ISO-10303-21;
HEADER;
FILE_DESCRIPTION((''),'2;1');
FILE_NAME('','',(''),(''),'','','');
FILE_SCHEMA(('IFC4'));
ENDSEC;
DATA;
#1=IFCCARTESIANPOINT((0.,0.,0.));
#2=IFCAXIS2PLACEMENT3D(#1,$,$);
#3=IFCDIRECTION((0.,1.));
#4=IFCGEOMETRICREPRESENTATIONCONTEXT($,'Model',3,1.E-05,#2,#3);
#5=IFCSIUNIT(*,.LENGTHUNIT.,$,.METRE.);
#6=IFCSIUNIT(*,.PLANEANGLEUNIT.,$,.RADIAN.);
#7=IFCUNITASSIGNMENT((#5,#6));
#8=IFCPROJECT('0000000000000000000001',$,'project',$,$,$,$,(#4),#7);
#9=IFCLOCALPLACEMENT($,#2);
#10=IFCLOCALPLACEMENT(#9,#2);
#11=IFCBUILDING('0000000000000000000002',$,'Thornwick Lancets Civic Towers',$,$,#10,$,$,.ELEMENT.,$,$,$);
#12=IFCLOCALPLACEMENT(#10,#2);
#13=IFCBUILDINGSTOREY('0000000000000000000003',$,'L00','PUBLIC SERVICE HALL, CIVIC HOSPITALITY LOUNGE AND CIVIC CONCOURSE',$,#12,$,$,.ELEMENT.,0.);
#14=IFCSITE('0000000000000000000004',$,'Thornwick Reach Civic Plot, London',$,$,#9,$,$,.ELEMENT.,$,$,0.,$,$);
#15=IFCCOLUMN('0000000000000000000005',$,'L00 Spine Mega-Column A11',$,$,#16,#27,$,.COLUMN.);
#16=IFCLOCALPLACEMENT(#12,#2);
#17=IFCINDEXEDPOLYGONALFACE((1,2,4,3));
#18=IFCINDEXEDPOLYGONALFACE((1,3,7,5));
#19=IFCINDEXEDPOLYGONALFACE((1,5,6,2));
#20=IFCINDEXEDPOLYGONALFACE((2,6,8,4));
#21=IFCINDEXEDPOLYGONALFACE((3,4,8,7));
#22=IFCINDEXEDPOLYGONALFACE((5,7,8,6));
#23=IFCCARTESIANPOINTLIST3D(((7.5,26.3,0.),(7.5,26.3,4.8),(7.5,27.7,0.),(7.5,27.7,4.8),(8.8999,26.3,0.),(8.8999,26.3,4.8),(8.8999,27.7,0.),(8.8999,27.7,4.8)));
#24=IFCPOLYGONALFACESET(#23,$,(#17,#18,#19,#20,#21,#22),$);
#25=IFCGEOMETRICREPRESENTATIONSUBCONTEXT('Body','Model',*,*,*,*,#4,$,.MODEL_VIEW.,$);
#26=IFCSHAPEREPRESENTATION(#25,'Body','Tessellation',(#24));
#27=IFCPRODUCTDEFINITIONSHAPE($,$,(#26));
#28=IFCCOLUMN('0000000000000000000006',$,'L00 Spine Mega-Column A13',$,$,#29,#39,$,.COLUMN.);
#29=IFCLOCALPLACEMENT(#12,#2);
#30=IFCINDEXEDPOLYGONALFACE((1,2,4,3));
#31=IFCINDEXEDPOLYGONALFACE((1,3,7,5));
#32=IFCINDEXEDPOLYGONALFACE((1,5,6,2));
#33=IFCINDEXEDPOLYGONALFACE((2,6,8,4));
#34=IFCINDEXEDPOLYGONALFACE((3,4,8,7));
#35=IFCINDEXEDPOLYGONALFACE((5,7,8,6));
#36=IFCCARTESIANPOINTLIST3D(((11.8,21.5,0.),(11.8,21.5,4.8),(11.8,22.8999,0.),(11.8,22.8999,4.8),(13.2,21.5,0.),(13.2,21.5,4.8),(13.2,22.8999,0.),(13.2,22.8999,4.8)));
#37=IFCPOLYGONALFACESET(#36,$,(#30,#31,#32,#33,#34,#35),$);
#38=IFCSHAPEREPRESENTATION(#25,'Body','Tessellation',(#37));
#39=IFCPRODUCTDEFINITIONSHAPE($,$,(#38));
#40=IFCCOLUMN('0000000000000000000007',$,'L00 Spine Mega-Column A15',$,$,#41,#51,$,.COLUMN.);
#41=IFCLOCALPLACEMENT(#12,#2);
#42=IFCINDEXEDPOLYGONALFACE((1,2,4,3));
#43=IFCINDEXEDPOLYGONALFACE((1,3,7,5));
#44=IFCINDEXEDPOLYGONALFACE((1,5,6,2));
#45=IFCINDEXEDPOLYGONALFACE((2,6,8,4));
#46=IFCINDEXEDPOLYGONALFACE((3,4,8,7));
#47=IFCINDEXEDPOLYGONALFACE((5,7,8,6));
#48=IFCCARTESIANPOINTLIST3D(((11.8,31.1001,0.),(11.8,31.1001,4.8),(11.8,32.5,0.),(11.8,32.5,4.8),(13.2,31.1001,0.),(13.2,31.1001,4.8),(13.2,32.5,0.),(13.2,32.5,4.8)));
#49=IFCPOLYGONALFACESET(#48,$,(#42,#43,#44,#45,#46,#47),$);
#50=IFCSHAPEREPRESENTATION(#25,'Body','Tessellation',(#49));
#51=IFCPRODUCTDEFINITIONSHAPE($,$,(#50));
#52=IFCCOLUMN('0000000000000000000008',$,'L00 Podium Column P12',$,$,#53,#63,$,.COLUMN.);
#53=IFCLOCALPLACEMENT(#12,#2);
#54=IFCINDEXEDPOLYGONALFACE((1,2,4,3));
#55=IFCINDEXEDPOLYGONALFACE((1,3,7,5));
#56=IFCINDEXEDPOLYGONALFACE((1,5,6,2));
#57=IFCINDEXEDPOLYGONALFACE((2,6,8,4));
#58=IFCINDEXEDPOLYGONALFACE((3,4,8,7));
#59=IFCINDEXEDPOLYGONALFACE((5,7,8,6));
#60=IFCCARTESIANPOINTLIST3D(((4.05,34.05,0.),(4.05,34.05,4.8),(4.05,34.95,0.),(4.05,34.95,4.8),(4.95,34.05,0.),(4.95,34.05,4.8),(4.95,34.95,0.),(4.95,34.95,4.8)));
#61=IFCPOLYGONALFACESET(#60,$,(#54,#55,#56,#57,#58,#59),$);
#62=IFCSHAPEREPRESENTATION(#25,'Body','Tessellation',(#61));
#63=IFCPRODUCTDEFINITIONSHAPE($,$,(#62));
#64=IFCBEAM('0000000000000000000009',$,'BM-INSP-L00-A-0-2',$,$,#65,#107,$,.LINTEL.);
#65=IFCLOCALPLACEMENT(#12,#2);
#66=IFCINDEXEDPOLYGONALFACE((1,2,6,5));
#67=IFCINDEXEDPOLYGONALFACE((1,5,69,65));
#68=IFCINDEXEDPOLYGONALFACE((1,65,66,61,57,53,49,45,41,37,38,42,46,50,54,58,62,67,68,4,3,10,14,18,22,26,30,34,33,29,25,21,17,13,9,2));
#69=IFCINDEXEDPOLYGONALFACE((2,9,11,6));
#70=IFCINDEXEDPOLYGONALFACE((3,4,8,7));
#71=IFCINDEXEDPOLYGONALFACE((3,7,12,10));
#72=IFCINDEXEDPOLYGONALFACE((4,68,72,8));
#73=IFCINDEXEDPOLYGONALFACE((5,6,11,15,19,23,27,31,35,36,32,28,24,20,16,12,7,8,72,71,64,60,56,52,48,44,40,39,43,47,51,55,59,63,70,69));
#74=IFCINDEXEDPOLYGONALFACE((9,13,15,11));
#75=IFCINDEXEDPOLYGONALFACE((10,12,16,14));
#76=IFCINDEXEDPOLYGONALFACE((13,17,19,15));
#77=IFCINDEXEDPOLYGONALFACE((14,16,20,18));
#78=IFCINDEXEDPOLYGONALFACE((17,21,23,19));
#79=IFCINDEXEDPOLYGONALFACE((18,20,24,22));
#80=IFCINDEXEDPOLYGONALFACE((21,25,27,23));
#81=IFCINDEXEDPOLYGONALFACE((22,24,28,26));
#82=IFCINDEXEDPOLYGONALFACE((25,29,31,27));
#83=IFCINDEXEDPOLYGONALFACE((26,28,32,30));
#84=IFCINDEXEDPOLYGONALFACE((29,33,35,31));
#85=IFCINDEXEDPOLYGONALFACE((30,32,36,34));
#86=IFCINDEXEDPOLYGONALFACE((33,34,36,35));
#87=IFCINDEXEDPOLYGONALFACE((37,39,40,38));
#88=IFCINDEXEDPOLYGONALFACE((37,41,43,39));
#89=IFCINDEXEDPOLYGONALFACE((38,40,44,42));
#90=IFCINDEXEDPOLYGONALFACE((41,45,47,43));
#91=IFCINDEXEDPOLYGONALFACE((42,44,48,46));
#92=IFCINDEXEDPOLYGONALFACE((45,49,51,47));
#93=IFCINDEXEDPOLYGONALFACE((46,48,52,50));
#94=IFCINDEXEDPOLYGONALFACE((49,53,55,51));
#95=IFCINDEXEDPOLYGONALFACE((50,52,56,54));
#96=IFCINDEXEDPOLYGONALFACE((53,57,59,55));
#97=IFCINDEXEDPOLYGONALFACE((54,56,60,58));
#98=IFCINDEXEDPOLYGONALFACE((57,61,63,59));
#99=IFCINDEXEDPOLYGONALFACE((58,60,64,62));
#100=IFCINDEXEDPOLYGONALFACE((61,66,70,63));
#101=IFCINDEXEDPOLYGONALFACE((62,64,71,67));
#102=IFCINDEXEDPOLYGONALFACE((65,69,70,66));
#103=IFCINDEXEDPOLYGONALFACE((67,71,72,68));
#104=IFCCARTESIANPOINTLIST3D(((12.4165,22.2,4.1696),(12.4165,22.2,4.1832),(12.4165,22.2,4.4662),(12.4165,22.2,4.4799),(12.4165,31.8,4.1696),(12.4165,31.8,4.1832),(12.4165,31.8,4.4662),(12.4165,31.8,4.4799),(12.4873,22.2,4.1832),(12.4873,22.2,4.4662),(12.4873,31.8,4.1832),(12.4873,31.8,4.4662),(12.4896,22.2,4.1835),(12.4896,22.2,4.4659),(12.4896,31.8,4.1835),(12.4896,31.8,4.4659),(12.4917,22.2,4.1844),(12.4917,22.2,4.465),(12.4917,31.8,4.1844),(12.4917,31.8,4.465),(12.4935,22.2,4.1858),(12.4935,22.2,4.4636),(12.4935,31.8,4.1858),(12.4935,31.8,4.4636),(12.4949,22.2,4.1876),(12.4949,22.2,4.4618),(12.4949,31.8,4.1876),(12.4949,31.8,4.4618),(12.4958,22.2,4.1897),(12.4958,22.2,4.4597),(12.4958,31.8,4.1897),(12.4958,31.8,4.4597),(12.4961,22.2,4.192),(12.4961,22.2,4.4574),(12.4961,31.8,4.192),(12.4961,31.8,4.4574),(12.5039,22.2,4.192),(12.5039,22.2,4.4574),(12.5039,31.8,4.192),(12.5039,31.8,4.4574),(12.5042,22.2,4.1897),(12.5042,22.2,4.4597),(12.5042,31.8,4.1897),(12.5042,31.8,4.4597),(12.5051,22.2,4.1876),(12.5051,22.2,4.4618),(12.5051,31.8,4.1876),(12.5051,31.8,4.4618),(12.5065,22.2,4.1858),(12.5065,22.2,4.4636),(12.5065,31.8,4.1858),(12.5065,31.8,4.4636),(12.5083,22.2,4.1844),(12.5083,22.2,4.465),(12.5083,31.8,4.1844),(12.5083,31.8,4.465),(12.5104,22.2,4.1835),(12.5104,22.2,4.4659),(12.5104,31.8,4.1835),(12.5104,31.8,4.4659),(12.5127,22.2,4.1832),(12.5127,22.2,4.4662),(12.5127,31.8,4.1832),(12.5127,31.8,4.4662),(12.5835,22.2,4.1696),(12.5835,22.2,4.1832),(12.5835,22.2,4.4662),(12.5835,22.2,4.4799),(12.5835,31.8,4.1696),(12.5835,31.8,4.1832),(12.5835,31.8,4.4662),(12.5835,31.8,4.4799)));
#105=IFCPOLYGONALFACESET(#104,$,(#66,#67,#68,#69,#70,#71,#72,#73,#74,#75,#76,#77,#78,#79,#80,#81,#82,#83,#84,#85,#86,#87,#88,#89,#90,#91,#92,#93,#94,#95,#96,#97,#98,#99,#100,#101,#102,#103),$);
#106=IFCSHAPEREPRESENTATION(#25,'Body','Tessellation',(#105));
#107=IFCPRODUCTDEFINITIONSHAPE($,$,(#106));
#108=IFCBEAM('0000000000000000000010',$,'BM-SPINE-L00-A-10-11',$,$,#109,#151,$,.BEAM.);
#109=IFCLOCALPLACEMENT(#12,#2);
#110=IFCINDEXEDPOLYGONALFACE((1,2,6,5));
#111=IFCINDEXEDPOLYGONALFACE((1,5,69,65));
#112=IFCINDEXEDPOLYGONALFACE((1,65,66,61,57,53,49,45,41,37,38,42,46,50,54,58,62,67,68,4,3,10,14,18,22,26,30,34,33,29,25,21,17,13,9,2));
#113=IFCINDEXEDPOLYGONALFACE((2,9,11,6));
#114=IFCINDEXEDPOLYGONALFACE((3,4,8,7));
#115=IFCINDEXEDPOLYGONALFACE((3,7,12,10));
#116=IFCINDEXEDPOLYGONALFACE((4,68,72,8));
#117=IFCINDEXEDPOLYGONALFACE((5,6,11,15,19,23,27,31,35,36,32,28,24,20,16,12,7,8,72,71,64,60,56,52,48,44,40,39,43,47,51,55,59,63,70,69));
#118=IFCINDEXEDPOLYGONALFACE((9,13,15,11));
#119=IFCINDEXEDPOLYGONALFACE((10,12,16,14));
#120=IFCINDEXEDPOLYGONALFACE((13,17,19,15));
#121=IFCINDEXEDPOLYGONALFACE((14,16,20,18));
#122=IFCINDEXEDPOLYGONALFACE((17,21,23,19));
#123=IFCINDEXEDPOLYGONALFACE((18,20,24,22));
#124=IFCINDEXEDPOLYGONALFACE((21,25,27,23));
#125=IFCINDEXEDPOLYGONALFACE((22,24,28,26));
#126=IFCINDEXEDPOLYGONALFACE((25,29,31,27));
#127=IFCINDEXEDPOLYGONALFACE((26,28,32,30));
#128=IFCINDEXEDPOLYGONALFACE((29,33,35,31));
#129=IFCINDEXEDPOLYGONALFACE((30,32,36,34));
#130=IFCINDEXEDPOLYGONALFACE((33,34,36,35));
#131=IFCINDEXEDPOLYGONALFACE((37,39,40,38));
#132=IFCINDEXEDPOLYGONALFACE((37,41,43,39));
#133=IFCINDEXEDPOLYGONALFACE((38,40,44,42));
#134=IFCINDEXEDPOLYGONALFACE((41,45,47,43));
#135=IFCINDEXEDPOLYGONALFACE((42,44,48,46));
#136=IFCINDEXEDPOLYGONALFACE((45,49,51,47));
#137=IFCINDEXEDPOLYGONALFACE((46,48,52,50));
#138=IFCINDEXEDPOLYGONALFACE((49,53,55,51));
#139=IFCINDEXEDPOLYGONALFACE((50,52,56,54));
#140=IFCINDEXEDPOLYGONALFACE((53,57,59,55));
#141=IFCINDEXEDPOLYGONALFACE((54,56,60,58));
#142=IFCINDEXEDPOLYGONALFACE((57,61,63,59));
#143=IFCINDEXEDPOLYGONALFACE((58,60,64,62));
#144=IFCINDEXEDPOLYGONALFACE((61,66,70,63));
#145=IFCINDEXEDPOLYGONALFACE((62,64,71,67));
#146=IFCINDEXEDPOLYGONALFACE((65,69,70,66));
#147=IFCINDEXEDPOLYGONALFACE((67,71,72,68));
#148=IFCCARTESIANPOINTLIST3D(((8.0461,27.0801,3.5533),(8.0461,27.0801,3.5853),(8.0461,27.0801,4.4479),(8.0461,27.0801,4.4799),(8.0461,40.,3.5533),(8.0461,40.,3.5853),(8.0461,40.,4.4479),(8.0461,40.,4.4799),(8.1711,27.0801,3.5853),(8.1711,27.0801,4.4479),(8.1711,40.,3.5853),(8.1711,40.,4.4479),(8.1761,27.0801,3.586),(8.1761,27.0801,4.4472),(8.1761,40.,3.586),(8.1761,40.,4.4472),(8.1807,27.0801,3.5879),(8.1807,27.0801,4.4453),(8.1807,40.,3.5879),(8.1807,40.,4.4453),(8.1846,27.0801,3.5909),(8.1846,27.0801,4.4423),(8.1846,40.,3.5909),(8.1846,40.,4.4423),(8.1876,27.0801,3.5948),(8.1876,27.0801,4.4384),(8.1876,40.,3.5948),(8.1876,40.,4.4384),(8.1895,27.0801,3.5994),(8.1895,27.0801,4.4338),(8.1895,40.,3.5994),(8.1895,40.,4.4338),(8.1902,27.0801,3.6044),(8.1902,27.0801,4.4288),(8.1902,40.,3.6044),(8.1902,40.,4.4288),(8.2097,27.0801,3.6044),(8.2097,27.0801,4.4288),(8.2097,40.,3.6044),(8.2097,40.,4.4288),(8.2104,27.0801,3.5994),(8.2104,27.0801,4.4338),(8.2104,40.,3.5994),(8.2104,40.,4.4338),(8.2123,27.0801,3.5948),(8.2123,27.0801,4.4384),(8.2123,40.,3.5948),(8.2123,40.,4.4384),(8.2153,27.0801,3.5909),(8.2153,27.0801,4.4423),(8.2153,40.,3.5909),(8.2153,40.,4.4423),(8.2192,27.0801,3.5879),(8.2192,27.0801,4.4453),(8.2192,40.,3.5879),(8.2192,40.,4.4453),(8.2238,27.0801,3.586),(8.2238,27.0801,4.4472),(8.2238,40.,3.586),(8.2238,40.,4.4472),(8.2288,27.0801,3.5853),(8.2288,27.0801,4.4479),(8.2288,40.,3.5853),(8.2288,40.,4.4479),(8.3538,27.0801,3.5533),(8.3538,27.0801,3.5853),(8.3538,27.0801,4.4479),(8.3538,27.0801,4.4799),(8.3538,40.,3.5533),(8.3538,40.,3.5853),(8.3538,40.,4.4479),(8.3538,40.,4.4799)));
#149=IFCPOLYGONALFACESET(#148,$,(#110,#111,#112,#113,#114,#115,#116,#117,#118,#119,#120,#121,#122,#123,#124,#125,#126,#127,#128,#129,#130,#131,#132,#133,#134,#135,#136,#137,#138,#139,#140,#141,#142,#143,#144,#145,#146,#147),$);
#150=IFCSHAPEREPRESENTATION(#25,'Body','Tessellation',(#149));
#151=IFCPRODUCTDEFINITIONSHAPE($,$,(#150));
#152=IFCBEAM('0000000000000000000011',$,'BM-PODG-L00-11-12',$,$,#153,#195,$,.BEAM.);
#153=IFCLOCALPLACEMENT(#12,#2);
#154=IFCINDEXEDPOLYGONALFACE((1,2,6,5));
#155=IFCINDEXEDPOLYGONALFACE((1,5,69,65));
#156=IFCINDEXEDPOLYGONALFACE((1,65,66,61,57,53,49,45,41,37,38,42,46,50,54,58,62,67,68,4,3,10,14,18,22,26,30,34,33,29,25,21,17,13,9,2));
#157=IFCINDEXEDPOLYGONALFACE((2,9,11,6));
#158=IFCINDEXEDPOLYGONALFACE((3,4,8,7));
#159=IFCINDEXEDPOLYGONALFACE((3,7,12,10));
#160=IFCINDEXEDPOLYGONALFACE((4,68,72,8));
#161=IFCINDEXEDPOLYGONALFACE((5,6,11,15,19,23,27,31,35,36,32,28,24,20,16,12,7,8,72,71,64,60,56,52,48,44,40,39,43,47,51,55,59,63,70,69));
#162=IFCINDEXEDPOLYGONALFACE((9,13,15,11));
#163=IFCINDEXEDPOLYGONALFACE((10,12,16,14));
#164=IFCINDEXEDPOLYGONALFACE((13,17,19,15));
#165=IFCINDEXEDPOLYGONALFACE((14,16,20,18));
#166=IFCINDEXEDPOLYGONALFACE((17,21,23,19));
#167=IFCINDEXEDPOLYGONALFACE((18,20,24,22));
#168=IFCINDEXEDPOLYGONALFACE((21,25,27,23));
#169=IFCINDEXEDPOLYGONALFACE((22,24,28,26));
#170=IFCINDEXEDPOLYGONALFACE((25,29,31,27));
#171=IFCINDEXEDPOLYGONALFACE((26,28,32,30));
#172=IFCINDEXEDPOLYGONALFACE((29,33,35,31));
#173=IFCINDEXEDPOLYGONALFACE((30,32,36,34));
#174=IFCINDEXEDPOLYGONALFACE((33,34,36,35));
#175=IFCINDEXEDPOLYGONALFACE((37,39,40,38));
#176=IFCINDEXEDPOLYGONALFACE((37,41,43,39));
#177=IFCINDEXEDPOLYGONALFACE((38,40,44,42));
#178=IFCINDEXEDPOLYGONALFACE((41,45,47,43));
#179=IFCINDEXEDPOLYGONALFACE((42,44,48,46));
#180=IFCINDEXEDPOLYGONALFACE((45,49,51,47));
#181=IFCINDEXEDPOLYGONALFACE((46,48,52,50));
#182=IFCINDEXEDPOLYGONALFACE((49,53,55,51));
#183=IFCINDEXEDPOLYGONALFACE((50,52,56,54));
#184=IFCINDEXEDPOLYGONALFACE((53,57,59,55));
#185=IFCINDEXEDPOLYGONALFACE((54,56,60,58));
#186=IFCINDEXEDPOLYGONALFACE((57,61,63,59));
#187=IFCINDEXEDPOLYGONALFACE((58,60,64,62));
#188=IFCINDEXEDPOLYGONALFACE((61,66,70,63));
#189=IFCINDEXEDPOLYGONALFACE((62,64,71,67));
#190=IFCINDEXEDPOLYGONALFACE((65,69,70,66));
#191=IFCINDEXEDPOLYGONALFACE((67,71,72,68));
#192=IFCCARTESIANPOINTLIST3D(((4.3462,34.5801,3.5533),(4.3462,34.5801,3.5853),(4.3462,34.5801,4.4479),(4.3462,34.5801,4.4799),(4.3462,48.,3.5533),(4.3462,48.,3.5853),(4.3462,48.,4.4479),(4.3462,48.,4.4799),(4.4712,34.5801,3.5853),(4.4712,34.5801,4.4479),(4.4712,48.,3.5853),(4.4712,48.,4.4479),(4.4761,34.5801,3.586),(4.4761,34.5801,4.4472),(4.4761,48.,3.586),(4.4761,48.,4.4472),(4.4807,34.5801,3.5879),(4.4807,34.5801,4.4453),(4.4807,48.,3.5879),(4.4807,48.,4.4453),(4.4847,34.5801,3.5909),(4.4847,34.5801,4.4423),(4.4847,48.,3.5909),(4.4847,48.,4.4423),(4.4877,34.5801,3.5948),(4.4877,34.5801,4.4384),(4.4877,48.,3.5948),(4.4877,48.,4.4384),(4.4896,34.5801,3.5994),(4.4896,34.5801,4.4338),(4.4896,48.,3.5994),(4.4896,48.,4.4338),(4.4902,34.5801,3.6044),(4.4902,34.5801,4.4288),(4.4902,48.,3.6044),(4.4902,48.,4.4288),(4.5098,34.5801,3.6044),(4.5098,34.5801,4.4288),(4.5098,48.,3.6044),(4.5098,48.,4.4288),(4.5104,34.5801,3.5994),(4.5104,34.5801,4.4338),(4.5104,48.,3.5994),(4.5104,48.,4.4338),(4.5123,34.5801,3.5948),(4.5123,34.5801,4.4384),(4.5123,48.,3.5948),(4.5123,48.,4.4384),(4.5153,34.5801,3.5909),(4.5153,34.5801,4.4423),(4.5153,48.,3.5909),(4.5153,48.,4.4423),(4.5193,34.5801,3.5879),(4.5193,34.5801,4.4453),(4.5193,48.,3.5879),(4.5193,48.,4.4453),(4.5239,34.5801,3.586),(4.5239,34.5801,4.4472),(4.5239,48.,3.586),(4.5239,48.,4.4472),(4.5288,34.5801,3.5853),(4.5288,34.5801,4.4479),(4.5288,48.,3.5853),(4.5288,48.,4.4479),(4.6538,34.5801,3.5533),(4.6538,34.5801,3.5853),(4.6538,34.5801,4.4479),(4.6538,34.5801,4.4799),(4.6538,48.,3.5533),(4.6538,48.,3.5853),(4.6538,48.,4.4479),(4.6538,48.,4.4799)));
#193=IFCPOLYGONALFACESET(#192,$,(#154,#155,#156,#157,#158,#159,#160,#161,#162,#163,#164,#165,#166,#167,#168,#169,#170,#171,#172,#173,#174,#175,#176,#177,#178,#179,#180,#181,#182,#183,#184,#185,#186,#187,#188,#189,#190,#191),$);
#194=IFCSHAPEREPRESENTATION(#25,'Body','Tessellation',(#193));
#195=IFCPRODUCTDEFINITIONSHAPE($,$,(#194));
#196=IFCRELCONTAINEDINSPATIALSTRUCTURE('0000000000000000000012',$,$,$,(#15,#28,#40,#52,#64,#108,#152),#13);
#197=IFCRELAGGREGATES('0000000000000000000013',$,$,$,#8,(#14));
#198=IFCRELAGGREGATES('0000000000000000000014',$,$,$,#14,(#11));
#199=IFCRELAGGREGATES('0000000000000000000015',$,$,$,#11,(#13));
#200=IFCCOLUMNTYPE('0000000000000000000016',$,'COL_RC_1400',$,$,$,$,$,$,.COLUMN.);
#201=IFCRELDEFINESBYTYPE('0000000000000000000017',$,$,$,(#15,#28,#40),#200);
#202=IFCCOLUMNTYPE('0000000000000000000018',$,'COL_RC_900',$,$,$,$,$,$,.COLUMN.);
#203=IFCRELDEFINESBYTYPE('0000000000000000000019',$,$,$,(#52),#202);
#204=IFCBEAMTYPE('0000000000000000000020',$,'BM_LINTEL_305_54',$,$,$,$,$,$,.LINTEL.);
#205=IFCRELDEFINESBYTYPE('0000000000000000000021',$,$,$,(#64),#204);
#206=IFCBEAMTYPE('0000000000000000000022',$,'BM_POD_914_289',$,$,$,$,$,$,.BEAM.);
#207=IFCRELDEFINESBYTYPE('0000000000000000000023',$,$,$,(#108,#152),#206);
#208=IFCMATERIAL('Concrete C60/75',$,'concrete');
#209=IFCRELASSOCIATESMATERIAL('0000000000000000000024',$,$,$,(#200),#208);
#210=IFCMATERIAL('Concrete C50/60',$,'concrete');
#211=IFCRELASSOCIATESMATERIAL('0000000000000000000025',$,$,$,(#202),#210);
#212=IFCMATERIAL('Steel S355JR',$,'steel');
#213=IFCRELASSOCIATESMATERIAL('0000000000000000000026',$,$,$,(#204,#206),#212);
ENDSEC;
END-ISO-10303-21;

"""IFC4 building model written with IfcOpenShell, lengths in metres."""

from ifc_helpers import new_model, si_unit, direction, frame, origin, origin_2d, place, context, subcontext, project, spatial, rectangle, i_section, extrude, material, material_profile, profile_set, type_object, element, save


model = new_model("IFC4")

# Units and contexts
model_context = context("Model", 3, precision=1e-05, world=origin(), true_north=direction((0.0, 1.0)))
body_context = subcontext(model_context, "Body", "Model", "MODEL_VIEW")
ifc_project = project(units=[si_unit("LENGTHUNIT", "METRE"), si_unit("PLANEANGLEUNIT", "RADIAN")], contexts=[model_context])

# Site, building, storey
site_placement = place(None, origin())
site = spatial("IfcSite", under=ifc_project, at=site_placement, Name="Thornwick Reach Civic Plot, London", CompositionType="ELEMENT", RefElevation=0.0)
building_placement = place(site_placement, origin())
building = spatial("IfcBuilding", under=site, at=building_placement, Name="Thornwick Lancets Civic Towers", CompositionType="ELEMENT")
storey_placement = place(building_placement, origin())
storey = spatial("IfcBuildingStorey", under=building, at=storey_placement, Name="L00", Description="PUBLIC SERVICE HALL, CIVIC HOSPITALITY LOUNGE AND CIVIC CONCOURSE", CompositionType="ELEMENT", Elevation=0.0)

# Columns
ifc_material_1 = material(Name="Concrete C60/75", Category="concrete")
ifc_material_profile_1 = material_profile(ifc_material_1, rectangle(XDim=1.3999, YDim=1.3999, at=origin_2d()), Name="RC 1400x1400")
ifc_profile_set_1 = profile_set([ifc_material_profile_1], Name="Concrete C60/75")
column_type_1 = type_object("IfcColumnType", Name="COL_RC_1400", PredefinedType="COLUMN", material=ifc_profile_set_1)
for number, where, z_axis, x_axis, name in (
    (1, (8.2, 27.0, 0.0), (0.0, 0.0, 1.0), (1.0, 0.0, 0.0), "L00 Spine Mega-Column A11"),
    (2, (12.5, 22.2, 0.0), (0.0, 0.0, 1.0), (1.0, 0.0, 0.0), "L00 Spine Mega-Column A13"),
    (3, (12.5, 31.8, 0.0), (0.0, 0.0, 1.0), (1.0, 0.0, 0.0), "L00 Spine Mega-Column A15"),
):
    element("IfcColumn", number, at=place(storey_placement, frame(where, z_axis=z_axis, x_axis=x_axis)), inside=storey, type_object=column_type_1, Name=name, PredefinedType="COLUMN", context=body_context, shape_type="SweptSolid", body=[
        extrude(rectangle(XDim=1.3999, YDim=1.3999, at=origin_2d()), origin(), (0.0, 0.0, 1.0), 4.8),
    ])
ifc_material_2 = material(Name="Concrete C50/60", Category="concrete")
ifc_material_profile_2 = material_profile(ifc_material_2, rectangle(XDim=0.8999, YDim=0.8999, at=origin_2d()), Name="RC 900x900")
ifc_profile_set_2 = profile_set([ifc_material_profile_2], Name="Concrete C50/60")
column_type_2 = type_object("IfcColumnType", Name="COL_RC_900", PredefinedType="COLUMN", material=ifc_profile_set_2)
column_placement = place(storey_placement, frame((4.5, 34.5, 0.0), z_axis=(0.0, 0.0, 1.0), x_axis=(1.0, 0.0, 0.0)))
element("IfcColumn", 4, at=column_placement, inside=storey, type_object=column_type_2, Name="L00 Podium Column P12", PredefinedType="COLUMN", context=body_context, shape_type="SweptSolid", body=[
    extrude(rectangle(XDim=0.8999, YDim=0.8999, at=origin_2d()), origin(), (0.0, 0.0, 1.0), 4.8),
])

# Beams
ifc_material_3 = material(Name="Steel S355JR", Category="steel")
ifc_material_profile_3 = material_profile(ifc_material_3, i_section(OverallWidth=0.167, OverallDepth=0.3103, WebThickness=0.0078, FlangeThickness=0.0137, FilletRadius=0.0088, at=origin_2d()), Name="UKB 305x165x54")
ifc_profile_set_3 = profile_set([ifc_material_profile_3], Name="Steel S355JR")
beam_type_1 = type_object("IfcBeamType", Name="BM_LINTEL_305_54", PredefinedType="LINTEL", material=ifc_profile_set_3)
beam_1_placement = place(storey_placement, frame((12.5, 22.2, 4.3247), z_axis=(0.0, 1.0, 0.0), x_axis=(-1.0, 0.0, 0.0)))
element("IfcBeam", 5, at=beam_1_placement, inside=storey, type_object=beam_type_1, Name="BM-INSP-L00-A-0-2", PredefinedType="LINTEL", context=body_context, shape_type="SweptSolid", body=[
    extrude(i_section(OverallWidth=0.167, OverallDepth=0.3103, WebThickness=0.0078, FlangeThickness=0.0137, FilletRadius=0.0088, at=origin_2d()), origin(), (0.0, 0.0, 1.0), 9.6001),
])
ifc_material_profile_4 = material_profile(ifc_material_3, i_section(OverallWidth=0.3076, OverallDepth=0.9265, WebThickness=0.0195, FlangeThickness=0.032, FilletRadius=0.019, at=origin_2d()), Name="UKB 914x305x289")
ifc_profile_set_4 = profile_set([ifc_material_profile_4], Name="Steel S355JR")
beam_type_2 = type_object("IfcBeamType", Name="BM_POD_914_289", PredefinedType="BEAM", material=ifc_profile_set_4)
beam_2_placement = place(storey_placement, frame((8.2, 27.0801, 4.0166), z_axis=(0.0, 1.0, 0.0), x_axis=(-1.0, 0.0, 0.0)))
element("IfcBeam", 6, at=beam_2_placement, inside=storey, type_object=beam_type_2, Name="BM-SPINE-L00-A-10-11", PredefinedType="BEAM", context=body_context, shape_type="SweptSolid", body=[
    extrude(i_section(OverallWidth=0.3076, OverallDepth=0.9265, WebThickness=0.0195, FlangeThickness=0.032, FilletRadius=0.019, at=origin_2d()), origin(), (0.0, 0.0, 1.0), 12.9199),
])
beam_3_placement = place(storey_placement, frame((4.5, 34.5801, 4.0166), z_axis=(0.0, 1.0, 0.0), x_axis=(-1.0, 0.0, 0.0)))
element("IfcBeam", 7, at=beam_3_placement, inside=storey, type_object=beam_type_2, Name="BM-PODG-L00-11-12", PredefinedType="BEAM", context=body_context, shape_type="SweptSolid", body=[
    extrude(i_section(OverallWidth=0.3076, OverallDepth=0.9265, WebThickness=0.0195, FlangeThickness=0.032, FilletRadius=0.019, at=origin_2d()), origin(), (0.0, 0.0, 1.0), 13.4199),
])

save(model, "model.ifc")
